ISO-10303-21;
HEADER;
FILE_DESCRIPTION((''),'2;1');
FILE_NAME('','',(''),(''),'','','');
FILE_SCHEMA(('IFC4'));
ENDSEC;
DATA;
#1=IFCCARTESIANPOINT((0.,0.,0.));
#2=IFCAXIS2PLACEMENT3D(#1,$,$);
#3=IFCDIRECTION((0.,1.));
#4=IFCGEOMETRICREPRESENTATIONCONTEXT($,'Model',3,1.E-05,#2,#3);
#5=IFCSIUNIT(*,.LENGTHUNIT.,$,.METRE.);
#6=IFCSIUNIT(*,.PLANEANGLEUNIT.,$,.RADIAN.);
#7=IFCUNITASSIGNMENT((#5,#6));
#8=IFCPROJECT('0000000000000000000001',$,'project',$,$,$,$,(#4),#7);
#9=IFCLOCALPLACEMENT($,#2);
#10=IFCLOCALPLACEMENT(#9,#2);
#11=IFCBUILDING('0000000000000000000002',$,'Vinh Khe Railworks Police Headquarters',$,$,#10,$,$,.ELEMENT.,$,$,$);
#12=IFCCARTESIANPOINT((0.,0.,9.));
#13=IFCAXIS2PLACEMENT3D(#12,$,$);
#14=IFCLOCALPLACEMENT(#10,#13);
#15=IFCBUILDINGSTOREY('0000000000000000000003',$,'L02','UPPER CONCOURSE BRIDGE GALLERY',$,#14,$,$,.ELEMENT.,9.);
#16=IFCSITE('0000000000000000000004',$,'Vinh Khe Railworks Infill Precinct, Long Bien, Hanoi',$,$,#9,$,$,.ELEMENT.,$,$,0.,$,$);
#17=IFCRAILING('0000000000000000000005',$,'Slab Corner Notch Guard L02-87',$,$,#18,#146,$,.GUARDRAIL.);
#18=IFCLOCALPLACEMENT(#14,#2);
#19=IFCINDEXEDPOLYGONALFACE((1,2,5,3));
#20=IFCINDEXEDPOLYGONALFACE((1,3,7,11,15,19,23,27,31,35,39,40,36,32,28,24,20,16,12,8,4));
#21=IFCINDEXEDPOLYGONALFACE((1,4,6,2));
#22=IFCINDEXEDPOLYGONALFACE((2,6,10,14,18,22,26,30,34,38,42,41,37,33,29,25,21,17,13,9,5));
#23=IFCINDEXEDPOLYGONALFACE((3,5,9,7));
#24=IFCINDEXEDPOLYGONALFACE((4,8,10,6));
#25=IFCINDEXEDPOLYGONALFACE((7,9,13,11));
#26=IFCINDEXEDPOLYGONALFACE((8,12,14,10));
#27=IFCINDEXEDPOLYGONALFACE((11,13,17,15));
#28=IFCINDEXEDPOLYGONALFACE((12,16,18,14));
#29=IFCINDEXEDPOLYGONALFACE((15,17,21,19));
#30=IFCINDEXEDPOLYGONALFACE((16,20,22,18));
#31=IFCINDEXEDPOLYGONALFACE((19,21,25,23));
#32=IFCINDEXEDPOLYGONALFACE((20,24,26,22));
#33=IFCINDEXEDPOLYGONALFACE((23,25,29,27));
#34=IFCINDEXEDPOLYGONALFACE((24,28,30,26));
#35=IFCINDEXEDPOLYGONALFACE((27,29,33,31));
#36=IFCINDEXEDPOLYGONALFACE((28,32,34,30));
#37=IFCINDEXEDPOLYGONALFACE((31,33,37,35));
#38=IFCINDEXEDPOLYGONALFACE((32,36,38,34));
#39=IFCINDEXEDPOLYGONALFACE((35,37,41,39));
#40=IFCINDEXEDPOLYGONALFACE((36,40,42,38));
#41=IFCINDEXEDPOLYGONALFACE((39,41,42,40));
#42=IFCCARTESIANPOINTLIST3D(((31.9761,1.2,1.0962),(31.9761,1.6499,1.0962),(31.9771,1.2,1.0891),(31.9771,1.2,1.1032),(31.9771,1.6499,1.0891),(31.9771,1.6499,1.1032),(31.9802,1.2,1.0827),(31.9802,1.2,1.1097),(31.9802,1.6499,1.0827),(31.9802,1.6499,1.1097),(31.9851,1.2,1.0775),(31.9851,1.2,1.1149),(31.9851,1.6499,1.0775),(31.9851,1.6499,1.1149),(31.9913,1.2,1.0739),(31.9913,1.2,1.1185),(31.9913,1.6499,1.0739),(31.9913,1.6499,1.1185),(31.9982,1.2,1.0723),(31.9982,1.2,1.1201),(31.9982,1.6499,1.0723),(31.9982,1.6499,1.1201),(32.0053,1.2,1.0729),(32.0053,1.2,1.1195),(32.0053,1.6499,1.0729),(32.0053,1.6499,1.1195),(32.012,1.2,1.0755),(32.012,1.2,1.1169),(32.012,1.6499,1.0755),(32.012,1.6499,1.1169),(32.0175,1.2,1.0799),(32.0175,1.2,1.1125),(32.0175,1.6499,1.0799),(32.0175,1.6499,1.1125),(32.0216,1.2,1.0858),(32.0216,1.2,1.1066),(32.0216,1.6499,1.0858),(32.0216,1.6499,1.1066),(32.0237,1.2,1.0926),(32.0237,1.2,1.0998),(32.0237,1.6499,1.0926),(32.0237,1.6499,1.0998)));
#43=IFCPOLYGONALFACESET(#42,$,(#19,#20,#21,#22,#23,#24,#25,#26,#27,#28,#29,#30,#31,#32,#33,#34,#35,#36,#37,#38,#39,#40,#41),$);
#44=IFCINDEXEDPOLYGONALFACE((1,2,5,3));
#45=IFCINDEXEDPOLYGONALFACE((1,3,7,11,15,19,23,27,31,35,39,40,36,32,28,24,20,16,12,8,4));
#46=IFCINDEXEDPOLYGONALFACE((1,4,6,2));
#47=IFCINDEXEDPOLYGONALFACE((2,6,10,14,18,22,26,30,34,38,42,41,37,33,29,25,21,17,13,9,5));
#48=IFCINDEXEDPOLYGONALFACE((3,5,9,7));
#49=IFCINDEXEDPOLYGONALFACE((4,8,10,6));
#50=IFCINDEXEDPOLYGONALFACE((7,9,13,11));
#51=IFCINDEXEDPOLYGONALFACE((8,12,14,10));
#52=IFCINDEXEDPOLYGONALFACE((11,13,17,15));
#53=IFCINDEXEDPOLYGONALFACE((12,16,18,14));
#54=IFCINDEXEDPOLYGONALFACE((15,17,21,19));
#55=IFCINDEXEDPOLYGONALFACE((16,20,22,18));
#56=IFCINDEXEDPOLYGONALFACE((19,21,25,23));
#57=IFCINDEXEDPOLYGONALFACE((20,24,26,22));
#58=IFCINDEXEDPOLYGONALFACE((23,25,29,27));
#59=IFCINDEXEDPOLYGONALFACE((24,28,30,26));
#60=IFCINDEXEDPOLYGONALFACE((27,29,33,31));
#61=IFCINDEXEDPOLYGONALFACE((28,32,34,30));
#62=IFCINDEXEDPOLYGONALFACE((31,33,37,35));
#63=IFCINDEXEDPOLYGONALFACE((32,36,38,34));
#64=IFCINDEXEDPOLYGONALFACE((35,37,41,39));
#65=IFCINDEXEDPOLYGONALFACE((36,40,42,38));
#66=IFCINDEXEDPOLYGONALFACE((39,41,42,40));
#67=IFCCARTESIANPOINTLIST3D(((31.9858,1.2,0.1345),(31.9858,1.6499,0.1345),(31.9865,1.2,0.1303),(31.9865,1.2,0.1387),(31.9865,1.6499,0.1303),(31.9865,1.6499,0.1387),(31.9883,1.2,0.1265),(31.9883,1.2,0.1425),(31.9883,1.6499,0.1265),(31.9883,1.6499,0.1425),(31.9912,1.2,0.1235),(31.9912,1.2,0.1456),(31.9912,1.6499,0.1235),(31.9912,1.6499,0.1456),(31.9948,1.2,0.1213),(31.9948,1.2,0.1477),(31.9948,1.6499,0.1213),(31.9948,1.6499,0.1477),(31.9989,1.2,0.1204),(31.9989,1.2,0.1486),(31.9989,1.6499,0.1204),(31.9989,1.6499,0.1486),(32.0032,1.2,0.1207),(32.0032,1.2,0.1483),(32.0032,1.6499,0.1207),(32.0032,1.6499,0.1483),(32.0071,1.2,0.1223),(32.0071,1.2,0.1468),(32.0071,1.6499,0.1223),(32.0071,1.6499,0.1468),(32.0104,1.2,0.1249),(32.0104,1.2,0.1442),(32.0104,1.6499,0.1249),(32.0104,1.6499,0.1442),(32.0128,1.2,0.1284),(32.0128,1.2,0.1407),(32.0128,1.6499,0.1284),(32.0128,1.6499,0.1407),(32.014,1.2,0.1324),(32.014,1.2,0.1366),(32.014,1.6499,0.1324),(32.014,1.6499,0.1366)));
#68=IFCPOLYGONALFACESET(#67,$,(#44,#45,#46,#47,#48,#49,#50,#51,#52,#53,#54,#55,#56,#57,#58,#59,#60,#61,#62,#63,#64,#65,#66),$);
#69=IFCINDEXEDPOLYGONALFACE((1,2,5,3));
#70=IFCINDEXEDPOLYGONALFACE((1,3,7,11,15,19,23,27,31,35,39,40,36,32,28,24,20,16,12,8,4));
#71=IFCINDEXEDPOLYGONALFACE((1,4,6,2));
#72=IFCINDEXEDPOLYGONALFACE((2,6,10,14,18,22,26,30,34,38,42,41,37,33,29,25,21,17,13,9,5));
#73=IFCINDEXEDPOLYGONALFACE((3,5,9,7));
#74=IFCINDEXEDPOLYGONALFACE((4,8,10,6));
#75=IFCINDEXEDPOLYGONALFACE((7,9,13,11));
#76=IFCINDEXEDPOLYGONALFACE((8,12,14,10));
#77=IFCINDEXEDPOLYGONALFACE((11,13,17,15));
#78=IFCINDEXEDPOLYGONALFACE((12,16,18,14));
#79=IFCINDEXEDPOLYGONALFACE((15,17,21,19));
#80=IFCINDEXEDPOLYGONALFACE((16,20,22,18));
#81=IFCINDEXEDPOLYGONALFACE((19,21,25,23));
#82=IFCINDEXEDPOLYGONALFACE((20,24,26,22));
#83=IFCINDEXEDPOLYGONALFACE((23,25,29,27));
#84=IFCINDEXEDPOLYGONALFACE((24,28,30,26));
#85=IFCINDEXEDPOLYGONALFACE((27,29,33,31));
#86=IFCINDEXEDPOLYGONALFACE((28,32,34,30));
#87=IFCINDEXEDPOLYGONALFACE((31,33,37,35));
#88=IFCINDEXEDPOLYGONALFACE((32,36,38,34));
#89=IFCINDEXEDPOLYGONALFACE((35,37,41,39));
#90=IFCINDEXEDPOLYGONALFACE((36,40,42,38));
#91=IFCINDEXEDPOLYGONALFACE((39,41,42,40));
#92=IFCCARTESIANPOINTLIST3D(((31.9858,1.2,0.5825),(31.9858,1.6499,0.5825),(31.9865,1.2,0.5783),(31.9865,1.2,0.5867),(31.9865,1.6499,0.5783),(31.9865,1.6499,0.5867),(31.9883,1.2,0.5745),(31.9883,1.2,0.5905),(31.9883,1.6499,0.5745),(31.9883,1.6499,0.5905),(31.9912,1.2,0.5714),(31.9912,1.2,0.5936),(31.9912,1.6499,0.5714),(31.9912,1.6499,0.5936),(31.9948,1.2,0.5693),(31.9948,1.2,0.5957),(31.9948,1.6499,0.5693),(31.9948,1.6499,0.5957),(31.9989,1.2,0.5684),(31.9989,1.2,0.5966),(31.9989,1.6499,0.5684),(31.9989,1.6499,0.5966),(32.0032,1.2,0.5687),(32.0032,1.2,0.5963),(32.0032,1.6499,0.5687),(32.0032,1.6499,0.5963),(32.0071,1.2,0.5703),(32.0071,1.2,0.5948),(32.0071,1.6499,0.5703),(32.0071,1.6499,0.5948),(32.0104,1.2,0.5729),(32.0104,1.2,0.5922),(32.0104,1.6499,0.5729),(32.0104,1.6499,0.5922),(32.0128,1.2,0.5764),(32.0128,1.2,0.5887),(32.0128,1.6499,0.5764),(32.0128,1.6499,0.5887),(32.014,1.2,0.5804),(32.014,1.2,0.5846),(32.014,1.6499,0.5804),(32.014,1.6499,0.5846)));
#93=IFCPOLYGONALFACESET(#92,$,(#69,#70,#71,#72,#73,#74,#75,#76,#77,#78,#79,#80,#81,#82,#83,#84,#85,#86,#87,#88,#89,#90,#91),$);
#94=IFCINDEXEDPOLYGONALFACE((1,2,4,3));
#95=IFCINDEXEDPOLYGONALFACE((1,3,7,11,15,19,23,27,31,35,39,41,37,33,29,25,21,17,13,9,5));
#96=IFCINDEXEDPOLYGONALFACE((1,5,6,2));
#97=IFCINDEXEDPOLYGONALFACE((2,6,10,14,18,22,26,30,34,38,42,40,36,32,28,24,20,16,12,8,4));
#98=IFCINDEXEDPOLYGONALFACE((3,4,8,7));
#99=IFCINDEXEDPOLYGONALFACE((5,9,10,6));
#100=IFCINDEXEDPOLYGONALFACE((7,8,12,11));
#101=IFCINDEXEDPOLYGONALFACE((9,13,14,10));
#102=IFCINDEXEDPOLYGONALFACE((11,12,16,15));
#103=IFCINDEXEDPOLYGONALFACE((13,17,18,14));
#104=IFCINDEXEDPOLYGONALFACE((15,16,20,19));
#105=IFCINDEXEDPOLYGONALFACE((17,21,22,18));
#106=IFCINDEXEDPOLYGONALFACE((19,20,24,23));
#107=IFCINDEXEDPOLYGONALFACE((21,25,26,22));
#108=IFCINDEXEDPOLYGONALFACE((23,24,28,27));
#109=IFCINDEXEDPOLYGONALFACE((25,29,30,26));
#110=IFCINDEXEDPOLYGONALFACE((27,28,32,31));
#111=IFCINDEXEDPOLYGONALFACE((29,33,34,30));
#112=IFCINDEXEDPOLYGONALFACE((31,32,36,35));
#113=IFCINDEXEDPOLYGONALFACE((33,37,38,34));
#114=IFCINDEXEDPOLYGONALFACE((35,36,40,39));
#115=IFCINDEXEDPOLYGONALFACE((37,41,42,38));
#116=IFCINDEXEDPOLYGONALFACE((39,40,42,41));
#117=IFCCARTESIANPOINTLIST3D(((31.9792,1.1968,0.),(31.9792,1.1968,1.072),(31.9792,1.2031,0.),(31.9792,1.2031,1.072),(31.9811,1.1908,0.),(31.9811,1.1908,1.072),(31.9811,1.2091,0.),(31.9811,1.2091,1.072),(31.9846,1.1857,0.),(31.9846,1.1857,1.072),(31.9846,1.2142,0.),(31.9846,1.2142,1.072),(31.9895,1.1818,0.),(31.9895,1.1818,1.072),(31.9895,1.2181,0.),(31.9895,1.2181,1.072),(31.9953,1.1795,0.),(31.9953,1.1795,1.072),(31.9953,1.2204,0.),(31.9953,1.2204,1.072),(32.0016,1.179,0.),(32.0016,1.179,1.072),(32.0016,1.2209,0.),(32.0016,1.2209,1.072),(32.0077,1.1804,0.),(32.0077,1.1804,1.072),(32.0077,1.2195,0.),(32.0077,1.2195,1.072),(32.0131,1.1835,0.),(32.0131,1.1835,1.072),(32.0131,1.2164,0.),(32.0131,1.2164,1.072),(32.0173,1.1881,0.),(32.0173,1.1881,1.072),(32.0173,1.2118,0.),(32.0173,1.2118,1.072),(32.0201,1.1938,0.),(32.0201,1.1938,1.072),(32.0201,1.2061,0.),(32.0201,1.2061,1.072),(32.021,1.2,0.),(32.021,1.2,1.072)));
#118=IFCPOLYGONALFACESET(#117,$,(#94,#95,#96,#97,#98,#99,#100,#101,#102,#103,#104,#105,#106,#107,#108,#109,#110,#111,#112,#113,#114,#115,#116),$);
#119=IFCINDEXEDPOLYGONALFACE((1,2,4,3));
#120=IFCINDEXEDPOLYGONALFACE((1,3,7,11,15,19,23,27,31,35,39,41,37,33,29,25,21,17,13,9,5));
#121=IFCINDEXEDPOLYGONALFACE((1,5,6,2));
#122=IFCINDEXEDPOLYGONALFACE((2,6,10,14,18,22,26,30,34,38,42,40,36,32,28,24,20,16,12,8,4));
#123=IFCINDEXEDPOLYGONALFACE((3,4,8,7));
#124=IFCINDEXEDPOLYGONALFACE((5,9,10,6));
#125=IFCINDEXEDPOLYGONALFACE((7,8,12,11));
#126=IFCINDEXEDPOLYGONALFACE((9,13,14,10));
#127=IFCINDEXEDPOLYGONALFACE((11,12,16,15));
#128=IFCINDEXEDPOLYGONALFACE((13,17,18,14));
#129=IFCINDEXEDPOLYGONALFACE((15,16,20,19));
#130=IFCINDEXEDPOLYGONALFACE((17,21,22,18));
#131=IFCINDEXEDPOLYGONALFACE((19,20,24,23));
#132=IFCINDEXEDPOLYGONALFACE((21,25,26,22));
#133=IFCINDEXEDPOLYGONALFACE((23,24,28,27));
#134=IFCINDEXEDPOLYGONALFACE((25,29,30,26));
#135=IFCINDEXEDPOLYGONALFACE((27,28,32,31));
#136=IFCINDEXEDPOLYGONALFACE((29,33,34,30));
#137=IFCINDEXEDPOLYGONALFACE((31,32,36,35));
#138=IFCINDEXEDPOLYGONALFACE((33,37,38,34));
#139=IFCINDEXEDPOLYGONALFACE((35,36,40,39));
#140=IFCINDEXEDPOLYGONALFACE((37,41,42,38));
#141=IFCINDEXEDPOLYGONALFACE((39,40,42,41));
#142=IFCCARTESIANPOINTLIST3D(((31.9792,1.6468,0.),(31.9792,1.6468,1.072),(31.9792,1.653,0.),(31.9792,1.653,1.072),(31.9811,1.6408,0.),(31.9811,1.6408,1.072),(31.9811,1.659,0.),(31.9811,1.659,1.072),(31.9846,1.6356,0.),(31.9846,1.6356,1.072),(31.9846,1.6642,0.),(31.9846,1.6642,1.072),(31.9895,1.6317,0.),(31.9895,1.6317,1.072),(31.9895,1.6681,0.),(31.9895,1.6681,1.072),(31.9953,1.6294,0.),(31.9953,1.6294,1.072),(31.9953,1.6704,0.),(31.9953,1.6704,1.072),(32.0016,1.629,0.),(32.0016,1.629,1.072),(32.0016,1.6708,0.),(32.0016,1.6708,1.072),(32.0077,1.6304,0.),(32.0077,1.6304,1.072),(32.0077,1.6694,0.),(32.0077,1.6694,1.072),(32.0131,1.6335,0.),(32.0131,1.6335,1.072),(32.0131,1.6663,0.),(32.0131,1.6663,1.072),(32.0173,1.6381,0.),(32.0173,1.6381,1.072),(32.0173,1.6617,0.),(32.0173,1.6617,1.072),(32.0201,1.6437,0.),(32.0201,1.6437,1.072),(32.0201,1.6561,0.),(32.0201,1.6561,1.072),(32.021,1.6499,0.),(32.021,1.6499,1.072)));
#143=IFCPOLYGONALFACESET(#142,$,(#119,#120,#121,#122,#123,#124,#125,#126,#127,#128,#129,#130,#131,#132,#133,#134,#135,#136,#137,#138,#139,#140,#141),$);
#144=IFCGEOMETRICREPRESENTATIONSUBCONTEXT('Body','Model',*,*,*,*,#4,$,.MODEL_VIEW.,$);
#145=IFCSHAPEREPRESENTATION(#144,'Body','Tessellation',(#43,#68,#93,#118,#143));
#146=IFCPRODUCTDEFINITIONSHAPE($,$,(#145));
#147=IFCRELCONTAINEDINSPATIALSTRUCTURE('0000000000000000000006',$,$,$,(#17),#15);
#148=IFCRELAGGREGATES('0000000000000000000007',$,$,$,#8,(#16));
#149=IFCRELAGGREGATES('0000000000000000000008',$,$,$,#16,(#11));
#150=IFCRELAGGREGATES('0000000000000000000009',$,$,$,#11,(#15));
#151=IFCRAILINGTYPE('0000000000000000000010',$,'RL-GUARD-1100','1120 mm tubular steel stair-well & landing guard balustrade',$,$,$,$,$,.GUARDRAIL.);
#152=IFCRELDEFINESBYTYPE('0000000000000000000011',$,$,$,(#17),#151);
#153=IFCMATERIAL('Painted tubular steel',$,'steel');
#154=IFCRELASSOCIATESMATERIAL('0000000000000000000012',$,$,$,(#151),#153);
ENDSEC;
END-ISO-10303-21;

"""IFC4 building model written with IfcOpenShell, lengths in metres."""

from ifc_helpers import new_model, si_unit, direction, frame, origin, origin_2d, place, context, subcontext, project, spatial, circle, extrude, material, type_object, element, save


model = new_model("IFC4")

# Units and contexts
model_context = context("Model", 3, precision=1e-05, world=origin(), true_north=direction((0.0, 1.0)))
body_context = subcontext(model_context, "Body", "Model", "MODEL_VIEW")
ifc_project = project(units=[si_unit("LENGTHUNIT", "METRE"), si_unit("PLANEANGLEUNIT", "RADIAN")], contexts=[model_context])

# Site, building, storey
site_placement = place(None, origin())
site = spatial("IfcSite", under=ifc_project, at=site_placement, Name="Vinh Khe Railworks Infill Precinct, Long Bien, Hanoi", CompositionType="ELEMENT", RefElevation=0.0)
building_placement = place(site_placement, origin())
building = spatial("IfcBuilding", under=site, at=building_placement, Name="Vinh Khe Railworks Police Headquarters", CompositionType="ELEMENT")
storey_placement = place(building_placement, frame((0.0, 0.0, 9.0)))
storey = spatial("IfcBuildingStorey", under=building, at=storey_placement, Name="L02", Description="UPPER CONCOURSE BRIDGE GALLERY", CompositionType="ELEMENT", Elevation=9.0)

# Railing
ifc_material_1 = material(Name="Painted tubular steel", Category="steel")
railing_type = type_object("IfcRailingType", Name="RL-GUARD-1100", Description="1120 mm tubular steel stair-well & landing guard balustrade", PredefinedType="GUARDRAIL", material=ifc_material_1)
railing_1_placement = place(storey_placement, frame((32.0, 1.2, 0.0)))
element("IfcRailing", 1, at=railing_1_placement, inside=storey, type_object=railing_type, Name="Slab Corner Notch Guard L02-87", PredefinedType="GUARDRAIL", context=body_context, shape_type="SweptSolid", body=[
    extrude(circle(Radius=0.0239, at=origin_2d()), frame((0.0, 0.0, 1.0962), z_axis=(0.0, 1.0, 0.0), x_axis=(-1.0, 0.0, 0.0)), (0.0, 0.0, 1.0), 0.45),
    extrude(circle(Radius=0.0142, at=origin_2d()), frame((0.0, 0.0, 0.1345), z_axis=(0.0, 1.0, 0.0), x_axis=(-1.0, 0.0, 0.0)), (0.0, 0.0, 1.0), 0.45),
    extrude(circle(Radius=0.0142, at=origin_2d()), frame((0.0, 0.0, 0.5825), z_axis=(0.0, 1.0, 0.0), x_axis=(-1.0, 0.0, 0.0)), (0.0, 0.0, 1.0), 0.45),
    extrude(circle(Radius=0.021, at=origin_2d()), origin(), (0.0, 0.0, 1.0), 1.072),
    extrude(circle(Radius=0.021, at=origin_2d()), frame((0.0, 0.45, 0.0)), (0.0, 0.0, 1.0), 1.072),
])

save(model, "model.ifc")
